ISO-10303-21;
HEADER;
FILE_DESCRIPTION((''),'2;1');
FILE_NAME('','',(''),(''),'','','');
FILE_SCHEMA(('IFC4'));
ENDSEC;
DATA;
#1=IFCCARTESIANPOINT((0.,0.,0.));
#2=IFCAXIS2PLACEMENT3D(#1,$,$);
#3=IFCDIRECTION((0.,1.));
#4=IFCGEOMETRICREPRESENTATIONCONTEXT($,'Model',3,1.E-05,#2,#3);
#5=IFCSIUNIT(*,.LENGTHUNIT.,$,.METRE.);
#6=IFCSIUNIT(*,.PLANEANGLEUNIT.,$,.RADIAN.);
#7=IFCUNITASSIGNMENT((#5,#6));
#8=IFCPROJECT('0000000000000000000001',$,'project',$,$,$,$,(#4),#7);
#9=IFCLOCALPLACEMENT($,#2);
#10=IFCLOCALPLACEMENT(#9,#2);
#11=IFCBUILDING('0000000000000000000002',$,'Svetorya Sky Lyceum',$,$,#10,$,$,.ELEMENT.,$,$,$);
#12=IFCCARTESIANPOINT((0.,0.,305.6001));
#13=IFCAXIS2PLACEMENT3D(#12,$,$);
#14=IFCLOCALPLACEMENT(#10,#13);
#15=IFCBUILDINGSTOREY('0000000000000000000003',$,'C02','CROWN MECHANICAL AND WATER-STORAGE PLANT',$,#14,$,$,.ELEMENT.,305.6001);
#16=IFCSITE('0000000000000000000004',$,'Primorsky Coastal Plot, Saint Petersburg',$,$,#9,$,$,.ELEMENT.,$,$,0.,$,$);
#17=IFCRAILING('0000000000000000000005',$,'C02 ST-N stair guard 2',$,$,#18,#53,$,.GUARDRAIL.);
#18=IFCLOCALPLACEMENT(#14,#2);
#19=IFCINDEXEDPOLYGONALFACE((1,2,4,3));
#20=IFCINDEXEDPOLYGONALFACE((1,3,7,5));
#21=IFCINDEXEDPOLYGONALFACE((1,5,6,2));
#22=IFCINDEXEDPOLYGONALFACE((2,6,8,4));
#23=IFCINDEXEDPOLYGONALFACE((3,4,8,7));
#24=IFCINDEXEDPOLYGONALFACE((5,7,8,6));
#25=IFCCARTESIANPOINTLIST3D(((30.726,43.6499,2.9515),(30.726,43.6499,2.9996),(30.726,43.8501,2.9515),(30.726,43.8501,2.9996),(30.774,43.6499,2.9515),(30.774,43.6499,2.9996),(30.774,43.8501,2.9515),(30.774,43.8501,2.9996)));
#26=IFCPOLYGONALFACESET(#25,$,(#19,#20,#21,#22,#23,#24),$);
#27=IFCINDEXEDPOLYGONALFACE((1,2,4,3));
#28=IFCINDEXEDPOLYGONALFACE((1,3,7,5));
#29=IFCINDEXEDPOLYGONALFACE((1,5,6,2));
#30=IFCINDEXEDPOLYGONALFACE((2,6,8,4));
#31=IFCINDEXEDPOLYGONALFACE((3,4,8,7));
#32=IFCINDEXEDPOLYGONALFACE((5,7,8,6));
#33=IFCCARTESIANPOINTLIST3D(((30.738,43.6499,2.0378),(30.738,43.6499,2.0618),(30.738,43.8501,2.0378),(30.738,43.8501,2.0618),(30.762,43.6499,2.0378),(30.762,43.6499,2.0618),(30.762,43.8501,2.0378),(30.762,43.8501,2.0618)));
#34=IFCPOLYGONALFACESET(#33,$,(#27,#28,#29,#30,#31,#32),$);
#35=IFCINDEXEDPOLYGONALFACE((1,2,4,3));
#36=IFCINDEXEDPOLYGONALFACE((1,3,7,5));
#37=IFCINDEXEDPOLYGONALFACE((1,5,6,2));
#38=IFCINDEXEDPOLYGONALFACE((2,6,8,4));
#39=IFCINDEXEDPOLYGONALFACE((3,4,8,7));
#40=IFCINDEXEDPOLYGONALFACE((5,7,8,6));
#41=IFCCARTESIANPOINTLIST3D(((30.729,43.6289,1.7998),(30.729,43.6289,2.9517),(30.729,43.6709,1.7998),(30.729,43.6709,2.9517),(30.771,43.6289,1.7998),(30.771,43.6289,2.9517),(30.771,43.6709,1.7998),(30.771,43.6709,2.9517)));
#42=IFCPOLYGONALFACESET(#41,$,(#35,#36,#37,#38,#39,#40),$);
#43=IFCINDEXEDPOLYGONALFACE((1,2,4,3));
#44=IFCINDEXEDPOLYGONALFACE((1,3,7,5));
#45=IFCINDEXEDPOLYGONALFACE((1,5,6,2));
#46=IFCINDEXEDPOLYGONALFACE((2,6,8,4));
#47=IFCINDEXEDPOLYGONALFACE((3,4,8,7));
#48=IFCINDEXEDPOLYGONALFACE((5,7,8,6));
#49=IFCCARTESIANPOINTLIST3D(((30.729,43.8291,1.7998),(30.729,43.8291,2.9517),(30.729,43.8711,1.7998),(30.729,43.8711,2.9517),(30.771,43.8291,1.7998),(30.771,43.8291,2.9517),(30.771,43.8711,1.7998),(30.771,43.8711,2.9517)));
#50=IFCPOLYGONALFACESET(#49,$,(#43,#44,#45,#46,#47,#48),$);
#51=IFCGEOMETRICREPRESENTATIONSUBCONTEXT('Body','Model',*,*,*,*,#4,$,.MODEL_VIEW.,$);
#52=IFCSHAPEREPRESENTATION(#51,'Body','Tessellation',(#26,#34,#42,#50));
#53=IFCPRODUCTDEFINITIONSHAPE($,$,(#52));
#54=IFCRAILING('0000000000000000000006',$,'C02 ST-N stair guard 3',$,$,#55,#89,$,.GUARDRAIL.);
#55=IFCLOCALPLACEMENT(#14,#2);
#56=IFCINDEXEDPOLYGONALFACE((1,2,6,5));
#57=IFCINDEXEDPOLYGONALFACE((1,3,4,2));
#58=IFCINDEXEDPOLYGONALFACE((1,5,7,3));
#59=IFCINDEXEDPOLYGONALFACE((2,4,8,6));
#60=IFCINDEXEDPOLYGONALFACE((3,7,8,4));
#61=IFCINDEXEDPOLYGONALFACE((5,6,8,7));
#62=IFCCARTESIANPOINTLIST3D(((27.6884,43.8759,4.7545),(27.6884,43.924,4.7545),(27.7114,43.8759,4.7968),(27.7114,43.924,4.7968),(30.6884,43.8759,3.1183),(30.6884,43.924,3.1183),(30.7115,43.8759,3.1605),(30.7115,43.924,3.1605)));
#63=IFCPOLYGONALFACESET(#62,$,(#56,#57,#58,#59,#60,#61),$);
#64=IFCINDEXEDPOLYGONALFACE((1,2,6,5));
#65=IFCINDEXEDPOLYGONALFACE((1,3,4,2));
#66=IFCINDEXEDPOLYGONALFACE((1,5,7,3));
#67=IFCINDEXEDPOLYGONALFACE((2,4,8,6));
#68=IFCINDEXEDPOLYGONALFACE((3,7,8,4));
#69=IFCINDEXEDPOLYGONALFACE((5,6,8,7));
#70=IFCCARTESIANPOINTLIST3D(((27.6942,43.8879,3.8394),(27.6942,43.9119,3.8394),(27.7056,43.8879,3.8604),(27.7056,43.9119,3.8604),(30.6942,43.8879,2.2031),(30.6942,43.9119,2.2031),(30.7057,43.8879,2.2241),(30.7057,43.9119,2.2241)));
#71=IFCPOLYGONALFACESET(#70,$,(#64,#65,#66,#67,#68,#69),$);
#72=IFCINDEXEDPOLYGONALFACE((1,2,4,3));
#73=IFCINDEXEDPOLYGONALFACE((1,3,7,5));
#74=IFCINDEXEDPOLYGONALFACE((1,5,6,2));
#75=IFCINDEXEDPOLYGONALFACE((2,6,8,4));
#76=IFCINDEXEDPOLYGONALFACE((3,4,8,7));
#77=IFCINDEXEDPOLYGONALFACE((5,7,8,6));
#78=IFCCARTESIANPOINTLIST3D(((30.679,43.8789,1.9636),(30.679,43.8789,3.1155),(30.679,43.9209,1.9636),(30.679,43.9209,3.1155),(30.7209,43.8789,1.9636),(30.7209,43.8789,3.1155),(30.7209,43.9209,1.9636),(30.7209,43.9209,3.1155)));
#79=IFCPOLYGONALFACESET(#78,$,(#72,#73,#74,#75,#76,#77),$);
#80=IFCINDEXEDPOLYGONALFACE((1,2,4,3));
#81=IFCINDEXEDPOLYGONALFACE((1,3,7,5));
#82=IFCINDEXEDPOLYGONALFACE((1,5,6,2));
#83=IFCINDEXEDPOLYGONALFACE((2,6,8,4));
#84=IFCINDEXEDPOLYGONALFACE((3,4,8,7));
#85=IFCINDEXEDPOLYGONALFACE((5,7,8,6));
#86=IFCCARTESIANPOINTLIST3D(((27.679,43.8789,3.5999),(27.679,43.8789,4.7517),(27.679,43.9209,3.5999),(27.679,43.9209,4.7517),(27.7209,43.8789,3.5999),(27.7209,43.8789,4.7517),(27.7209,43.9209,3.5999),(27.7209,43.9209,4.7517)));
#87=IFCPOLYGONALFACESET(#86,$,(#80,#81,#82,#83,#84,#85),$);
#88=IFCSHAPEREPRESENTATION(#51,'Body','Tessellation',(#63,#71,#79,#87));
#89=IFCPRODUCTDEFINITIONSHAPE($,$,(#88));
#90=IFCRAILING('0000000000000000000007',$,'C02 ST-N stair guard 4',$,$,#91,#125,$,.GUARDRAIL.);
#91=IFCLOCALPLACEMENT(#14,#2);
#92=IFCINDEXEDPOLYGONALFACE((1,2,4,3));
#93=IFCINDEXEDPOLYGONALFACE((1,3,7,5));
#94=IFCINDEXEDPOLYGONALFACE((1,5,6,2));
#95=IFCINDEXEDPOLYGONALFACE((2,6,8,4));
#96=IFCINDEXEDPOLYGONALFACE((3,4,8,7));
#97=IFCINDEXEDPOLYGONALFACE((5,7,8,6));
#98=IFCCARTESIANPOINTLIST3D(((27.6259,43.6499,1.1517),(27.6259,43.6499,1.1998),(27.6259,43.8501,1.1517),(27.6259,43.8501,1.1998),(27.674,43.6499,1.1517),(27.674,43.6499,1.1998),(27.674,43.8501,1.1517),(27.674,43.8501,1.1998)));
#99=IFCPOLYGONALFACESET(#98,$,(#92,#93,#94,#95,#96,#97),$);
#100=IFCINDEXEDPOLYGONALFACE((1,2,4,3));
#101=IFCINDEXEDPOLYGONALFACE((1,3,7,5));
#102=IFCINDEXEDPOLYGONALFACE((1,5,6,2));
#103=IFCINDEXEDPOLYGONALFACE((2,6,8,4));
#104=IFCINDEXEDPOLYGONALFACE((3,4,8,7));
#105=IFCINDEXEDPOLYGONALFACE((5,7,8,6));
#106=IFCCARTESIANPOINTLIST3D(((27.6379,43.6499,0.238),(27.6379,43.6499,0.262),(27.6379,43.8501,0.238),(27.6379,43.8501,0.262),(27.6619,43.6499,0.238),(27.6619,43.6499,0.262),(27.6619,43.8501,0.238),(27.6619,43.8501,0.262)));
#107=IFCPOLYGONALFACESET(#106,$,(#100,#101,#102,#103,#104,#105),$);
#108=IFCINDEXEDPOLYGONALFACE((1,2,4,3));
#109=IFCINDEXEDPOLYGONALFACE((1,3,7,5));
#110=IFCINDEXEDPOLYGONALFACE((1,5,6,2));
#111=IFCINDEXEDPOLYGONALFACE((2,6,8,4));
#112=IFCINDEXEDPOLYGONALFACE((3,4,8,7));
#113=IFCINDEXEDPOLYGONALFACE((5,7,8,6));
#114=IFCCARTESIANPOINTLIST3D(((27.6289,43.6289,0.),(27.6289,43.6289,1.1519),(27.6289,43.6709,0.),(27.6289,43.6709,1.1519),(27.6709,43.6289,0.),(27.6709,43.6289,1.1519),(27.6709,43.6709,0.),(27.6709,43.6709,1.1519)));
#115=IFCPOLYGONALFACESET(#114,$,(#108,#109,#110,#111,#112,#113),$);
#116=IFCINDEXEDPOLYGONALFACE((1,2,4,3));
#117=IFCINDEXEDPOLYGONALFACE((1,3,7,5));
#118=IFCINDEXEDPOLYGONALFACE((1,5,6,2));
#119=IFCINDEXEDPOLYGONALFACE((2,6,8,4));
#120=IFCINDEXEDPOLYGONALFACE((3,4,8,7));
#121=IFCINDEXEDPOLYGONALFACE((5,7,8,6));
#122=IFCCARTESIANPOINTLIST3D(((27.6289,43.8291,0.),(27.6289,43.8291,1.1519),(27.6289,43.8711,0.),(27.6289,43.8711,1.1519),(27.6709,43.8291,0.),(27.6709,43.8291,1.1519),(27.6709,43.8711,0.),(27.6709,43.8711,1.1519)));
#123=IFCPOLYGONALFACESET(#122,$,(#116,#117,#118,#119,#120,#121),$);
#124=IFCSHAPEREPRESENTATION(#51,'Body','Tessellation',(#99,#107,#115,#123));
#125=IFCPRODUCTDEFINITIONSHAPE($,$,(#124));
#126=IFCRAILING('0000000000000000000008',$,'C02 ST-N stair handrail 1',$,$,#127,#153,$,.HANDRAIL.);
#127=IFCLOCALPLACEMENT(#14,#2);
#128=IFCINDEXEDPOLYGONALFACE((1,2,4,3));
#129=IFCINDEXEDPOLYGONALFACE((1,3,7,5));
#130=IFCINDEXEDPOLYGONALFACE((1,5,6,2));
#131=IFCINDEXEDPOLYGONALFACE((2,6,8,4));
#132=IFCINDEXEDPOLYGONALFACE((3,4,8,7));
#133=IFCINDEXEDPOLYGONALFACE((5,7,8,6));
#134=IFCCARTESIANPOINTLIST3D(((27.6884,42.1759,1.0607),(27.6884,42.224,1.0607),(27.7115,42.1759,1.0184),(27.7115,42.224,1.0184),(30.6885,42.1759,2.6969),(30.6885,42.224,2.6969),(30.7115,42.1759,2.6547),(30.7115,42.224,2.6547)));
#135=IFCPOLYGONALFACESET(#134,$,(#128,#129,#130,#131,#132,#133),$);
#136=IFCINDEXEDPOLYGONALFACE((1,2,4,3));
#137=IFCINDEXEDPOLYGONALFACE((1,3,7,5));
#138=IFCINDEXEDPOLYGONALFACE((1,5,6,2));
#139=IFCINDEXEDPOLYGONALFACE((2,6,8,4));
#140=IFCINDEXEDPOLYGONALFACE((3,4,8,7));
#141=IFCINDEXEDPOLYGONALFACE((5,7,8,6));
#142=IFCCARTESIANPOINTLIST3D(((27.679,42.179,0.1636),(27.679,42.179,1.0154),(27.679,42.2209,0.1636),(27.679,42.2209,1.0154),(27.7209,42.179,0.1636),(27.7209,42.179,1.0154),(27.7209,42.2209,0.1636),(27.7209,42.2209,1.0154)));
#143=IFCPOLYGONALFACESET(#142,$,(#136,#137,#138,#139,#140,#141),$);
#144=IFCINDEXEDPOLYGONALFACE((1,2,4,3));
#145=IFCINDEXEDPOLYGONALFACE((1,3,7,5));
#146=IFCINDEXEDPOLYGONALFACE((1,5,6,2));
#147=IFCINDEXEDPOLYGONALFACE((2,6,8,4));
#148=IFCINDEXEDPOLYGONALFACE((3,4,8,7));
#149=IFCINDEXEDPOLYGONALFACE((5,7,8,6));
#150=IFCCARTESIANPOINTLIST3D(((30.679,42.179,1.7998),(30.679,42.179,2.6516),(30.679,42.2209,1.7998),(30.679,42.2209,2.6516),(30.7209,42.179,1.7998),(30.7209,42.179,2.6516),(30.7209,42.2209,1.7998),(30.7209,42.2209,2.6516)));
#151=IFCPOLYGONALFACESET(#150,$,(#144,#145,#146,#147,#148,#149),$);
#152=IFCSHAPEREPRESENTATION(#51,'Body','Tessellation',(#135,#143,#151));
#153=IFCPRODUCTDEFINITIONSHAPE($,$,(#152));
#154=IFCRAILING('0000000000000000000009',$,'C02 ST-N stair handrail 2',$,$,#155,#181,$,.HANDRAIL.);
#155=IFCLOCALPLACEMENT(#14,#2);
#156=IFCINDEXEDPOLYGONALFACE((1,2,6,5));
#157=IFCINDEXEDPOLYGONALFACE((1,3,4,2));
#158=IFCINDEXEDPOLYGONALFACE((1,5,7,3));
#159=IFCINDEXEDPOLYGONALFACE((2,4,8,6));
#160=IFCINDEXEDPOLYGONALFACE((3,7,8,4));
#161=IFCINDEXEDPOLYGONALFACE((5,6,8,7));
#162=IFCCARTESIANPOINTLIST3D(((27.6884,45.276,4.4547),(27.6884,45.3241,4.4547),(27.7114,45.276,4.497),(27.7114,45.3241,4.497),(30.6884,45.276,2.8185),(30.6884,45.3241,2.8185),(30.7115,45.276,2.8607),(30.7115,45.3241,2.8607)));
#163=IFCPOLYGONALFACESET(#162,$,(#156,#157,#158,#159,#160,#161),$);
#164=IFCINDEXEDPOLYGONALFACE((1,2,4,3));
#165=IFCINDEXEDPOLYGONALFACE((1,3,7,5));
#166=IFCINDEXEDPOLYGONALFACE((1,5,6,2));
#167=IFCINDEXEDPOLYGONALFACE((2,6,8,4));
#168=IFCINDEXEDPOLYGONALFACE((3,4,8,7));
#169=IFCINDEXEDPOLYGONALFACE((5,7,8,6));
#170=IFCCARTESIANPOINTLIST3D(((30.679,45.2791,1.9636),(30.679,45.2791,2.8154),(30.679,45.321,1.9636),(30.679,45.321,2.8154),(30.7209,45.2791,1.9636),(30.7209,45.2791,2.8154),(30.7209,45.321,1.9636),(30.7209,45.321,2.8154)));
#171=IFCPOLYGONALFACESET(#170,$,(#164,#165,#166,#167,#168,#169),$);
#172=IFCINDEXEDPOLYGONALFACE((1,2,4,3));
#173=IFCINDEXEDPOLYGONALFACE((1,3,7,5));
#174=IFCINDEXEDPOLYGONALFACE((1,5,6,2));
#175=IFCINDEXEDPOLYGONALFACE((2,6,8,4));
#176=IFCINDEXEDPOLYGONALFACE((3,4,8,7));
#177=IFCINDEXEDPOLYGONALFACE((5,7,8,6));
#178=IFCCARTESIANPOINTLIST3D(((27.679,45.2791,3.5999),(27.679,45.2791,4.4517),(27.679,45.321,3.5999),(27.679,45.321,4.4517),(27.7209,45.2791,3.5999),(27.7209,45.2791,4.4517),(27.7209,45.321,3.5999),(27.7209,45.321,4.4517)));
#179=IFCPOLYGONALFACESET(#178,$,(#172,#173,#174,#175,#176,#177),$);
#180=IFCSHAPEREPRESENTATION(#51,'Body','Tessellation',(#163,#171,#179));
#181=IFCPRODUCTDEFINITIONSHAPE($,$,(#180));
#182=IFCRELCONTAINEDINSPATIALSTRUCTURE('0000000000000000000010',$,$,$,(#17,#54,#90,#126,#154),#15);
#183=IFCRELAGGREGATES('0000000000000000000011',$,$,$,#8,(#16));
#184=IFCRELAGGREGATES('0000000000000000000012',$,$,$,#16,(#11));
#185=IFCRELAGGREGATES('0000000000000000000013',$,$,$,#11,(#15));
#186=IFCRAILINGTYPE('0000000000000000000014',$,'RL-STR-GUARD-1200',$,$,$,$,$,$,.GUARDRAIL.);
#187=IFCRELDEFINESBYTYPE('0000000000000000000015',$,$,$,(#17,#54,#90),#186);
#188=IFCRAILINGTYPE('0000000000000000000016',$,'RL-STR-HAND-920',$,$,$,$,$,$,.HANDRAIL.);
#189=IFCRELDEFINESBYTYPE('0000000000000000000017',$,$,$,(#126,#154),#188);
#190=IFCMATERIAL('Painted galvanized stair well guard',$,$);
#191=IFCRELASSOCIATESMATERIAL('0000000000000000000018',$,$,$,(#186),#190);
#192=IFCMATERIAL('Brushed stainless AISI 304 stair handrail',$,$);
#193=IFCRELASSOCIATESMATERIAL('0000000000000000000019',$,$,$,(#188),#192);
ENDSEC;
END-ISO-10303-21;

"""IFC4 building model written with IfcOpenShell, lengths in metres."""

from ifc_helpers import new_model, si_unit, direction, frame, origin, origin_2d, place, context, subcontext, project, spatial, rectangle, extrude, material, type_object, element, save


model = new_model("IFC4")

# Units and contexts
model_context = context("Model", 3, precision=1e-05, world=origin(), true_north=direction((0.0, 1.0)))
body_context = subcontext(model_context, "Body", "Model", "MODEL_VIEW")
ifc_project = project(units=[si_unit("LENGTHUNIT", "METRE"), si_unit("PLANEANGLEUNIT", "RADIAN")], contexts=[model_context])

# Site, building, storey
site_placement = place(None, origin())
site = spatial("IfcSite", under=ifc_project, at=site_placement, Name="Primorsky Coastal Plot, Saint Petersburg", CompositionType="ELEMENT", RefElevation=0.0)
building_placement = place(site_placement, origin())
building = spatial("IfcBuilding", under=site, at=building_placement, Name="Svetorya Sky Lyceum", CompositionType="ELEMENT")
storey_placement = place(building_placement, frame((0.0, 0.0, 305.6001)))
storey = spatial("IfcBuildingStorey", under=building, at=storey_placement, Name="C02", Description="CROWN MECHANICAL AND WATER-STORAGE PLANT", CompositionType="ELEMENT", Elevation=305.6001)

# Railings
ifc_material_1 = material(Name="Painted galvanized stair well guard")
railing_type_1 = type_object("IfcRailingType", Name="RL-STR-GUARD-1200", PredefinedType="GUARDRAIL", material=ifc_material_1)
railing_1_placement = place(storey_placement, frame((30.75, 43.6499, 1.7998)))
element("IfcRailing", 1, at=railing_1_placement, inside=storey, type_object=railing_type_1, Name="C02 ST-N stair guard 2", PredefinedType="GUARDRAIL", context=body_context, shape_type="SweptSolid", body=[
    extrude(rectangle(XDim=0.0481, YDim=0.0481, at=origin_2d()), frame((0.0, 0.0, 1.1758), z_axis=(0.0, 1.0, 0.0), x_axis=(-1.0, 0.0, 0.0)), (0.0, 0.0, 1.0), 0.2002),
    extrude(rectangle(XDim=0.0239, YDim=0.0239, at=origin_2d()), frame((0.0, 0.0, 0.25), z_axis=(0.0, 1.0, 0.0), x_axis=(-1.0, 0.0, 0.0)), (0.0, 0.0, 1.0), 0.2002),
    extrude(rectangle(XDim=0.042, YDim=0.042, at=origin_2d()), origin(), (0.0, 0.0, 1.0), 1.1519),
    extrude(rectangle(XDim=0.042, YDim=0.042, at=origin_2d()), frame((0.0, 0.2002, 0.0)), (0.0, 0.0, 1.0), 1.1519),
])
railing_2_placement = place(storey_placement, frame((30.7, 43.8999, 1.9636)))
element("IfcRailing", 2, at=railing_2_placement, inside=storey, type_object=railing_type_1, Name="C02 ST-N stair guard 3", PredefinedType="GUARDRAIL", context=body_context, shape_type="SweptSolid", body=[
    extrude(rectangle(XDim=0.0481, YDim=0.0481, at=origin_2d()), frame((0.0, 0.0, 1.1758), z_axis=(-0.877912, 0.0, 0.478822), x_axis=(0.0, -1.0, 0.0)), (0.0, 0.0, 1.0), 3.4172),
    extrude(rectangle(XDim=0.0239, YDim=0.0239, at=origin_2d()), frame((0.0, 0.0, 0.25), z_axis=(-0.877912, 0.0, 0.478822), x_axis=(0.0, -1.0, 0.0)), (0.0, 0.0, 1.0), 3.4172),
    extrude(rectangle(XDim=0.042, YDim=0.042, at=origin_2d()), origin(), (0.0, 0.0, 1.0), 1.1519),
    extrude(rectangle(XDim=0.042, YDim=0.042, at=origin_2d()), frame((-3.0, 0.0, 1.6362)), (0.0, 0.0, 1.0), 1.1519),
])
railing_3_placement = place(storey_placement, frame((27.6499, 43.6499, 0.0)))
element("IfcRailing", 3, at=railing_3_placement, inside=storey, type_object=railing_type_1, Name="C02 ST-N stair guard 4", PredefinedType="GUARDRAIL", context=body_context, shape_type="SweptSolid", body=[
    extrude(rectangle(XDim=0.0481, YDim=0.0481, at=origin_2d()), frame((0.0, 0.0, 1.1758), z_axis=(0.0, 1.0, 0.0), x_axis=(-1.0, 0.0, 0.0)), (0.0, 0.0, 1.0), 0.2002),
    extrude(rectangle(XDim=0.0239, YDim=0.0239, at=origin_2d()), frame((0.0, 0.0, 0.25), z_axis=(0.0, 1.0, 0.0), x_axis=(-1.0, 0.0, 0.0)), (0.0, 0.0, 1.0), 0.2002),
    extrude(rectangle(XDim=0.042, YDim=0.042, at=origin_2d()), origin(), (0.0, 0.0, 1.0), 1.1519),
    extrude(rectangle(XDim=0.042, YDim=0.042, at=origin_2d()), frame((0.0, 0.2002, 0.0)), (0.0, 0.0, 1.0), 1.1519),
])
ifc_material_2 = material(Name="Brushed stainless AISI 304 stair handrail")
railing_type_2 = type_object("IfcRailingType", Name="RL-STR-HAND-920", PredefinedType="HANDRAIL", material=ifc_material_2)
railing_4_placement = place(storey_placement, frame((27.7, 42.2, 0.1636)))
element("IfcRailing", 4, at=railing_4_placement, inside=storey, type_object=railing_type_2, Name="C02 ST-N stair handrail 1", PredefinedType="HANDRAIL", context=body_context, shape_type="SweptSolid", body=[
    extrude(rectangle(XDim=0.0481, YDim=0.0481, at=origin_2d()), frame((0.0, 0.0, 0.876), z_axis=(0.877912, 0.0, 0.478822), x_axis=(0.0, 1.0, 0.0)), (0.0, 0.0, 1.0), 3.4172),
    extrude(rectangle(XDim=0.042, YDim=0.042, at=origin_2d()), origin(), (0.0, 0.0, 1.0), 0.8518),
    extrude(rectangle(XDim=0.042, YDim=0.042, at=origin_2d()), frame((3.0, 0.0, 1.6362)), (0.0, 0.0, 1.0), 0.8518),
])
railing_5_placement = place(storey_placement, frame((30.7, 45.3, 1.9636)))
element("IfcRailing", 5, at=railing_5_placement, inside=storey, type_object=railing_type_2, Name="C02 ST-N stair handrail 2", PredefinedType="HANDRAIL", context=body_context, shape_type="SweptSolid", body=[
    extrude(rectangle(XDim=0.0481, YDim=0.0481, at=origin_2d()), frame((0.0, 0.0, 0.876), z_axis=(-0.877912, 0.0, 0.478822), x_axis=(0.0, -1.0, 0.0)), (0.0, 0.0, 1.0), 3.4172),
    extrude(rectangle(XDim=0.042, YDim=0.042, at=origin_2d()), origin(), (0.0, 0.0, 1.0), 0.8518),
    extrude(rectangle(XDim=0.042, YDim=0.042, at=origin_2d()), frame((-3.0, 0.0, 1.6362)), (0.0, 0.0, 1.0), 0.8518),
])

save(model, "model.ifc")
